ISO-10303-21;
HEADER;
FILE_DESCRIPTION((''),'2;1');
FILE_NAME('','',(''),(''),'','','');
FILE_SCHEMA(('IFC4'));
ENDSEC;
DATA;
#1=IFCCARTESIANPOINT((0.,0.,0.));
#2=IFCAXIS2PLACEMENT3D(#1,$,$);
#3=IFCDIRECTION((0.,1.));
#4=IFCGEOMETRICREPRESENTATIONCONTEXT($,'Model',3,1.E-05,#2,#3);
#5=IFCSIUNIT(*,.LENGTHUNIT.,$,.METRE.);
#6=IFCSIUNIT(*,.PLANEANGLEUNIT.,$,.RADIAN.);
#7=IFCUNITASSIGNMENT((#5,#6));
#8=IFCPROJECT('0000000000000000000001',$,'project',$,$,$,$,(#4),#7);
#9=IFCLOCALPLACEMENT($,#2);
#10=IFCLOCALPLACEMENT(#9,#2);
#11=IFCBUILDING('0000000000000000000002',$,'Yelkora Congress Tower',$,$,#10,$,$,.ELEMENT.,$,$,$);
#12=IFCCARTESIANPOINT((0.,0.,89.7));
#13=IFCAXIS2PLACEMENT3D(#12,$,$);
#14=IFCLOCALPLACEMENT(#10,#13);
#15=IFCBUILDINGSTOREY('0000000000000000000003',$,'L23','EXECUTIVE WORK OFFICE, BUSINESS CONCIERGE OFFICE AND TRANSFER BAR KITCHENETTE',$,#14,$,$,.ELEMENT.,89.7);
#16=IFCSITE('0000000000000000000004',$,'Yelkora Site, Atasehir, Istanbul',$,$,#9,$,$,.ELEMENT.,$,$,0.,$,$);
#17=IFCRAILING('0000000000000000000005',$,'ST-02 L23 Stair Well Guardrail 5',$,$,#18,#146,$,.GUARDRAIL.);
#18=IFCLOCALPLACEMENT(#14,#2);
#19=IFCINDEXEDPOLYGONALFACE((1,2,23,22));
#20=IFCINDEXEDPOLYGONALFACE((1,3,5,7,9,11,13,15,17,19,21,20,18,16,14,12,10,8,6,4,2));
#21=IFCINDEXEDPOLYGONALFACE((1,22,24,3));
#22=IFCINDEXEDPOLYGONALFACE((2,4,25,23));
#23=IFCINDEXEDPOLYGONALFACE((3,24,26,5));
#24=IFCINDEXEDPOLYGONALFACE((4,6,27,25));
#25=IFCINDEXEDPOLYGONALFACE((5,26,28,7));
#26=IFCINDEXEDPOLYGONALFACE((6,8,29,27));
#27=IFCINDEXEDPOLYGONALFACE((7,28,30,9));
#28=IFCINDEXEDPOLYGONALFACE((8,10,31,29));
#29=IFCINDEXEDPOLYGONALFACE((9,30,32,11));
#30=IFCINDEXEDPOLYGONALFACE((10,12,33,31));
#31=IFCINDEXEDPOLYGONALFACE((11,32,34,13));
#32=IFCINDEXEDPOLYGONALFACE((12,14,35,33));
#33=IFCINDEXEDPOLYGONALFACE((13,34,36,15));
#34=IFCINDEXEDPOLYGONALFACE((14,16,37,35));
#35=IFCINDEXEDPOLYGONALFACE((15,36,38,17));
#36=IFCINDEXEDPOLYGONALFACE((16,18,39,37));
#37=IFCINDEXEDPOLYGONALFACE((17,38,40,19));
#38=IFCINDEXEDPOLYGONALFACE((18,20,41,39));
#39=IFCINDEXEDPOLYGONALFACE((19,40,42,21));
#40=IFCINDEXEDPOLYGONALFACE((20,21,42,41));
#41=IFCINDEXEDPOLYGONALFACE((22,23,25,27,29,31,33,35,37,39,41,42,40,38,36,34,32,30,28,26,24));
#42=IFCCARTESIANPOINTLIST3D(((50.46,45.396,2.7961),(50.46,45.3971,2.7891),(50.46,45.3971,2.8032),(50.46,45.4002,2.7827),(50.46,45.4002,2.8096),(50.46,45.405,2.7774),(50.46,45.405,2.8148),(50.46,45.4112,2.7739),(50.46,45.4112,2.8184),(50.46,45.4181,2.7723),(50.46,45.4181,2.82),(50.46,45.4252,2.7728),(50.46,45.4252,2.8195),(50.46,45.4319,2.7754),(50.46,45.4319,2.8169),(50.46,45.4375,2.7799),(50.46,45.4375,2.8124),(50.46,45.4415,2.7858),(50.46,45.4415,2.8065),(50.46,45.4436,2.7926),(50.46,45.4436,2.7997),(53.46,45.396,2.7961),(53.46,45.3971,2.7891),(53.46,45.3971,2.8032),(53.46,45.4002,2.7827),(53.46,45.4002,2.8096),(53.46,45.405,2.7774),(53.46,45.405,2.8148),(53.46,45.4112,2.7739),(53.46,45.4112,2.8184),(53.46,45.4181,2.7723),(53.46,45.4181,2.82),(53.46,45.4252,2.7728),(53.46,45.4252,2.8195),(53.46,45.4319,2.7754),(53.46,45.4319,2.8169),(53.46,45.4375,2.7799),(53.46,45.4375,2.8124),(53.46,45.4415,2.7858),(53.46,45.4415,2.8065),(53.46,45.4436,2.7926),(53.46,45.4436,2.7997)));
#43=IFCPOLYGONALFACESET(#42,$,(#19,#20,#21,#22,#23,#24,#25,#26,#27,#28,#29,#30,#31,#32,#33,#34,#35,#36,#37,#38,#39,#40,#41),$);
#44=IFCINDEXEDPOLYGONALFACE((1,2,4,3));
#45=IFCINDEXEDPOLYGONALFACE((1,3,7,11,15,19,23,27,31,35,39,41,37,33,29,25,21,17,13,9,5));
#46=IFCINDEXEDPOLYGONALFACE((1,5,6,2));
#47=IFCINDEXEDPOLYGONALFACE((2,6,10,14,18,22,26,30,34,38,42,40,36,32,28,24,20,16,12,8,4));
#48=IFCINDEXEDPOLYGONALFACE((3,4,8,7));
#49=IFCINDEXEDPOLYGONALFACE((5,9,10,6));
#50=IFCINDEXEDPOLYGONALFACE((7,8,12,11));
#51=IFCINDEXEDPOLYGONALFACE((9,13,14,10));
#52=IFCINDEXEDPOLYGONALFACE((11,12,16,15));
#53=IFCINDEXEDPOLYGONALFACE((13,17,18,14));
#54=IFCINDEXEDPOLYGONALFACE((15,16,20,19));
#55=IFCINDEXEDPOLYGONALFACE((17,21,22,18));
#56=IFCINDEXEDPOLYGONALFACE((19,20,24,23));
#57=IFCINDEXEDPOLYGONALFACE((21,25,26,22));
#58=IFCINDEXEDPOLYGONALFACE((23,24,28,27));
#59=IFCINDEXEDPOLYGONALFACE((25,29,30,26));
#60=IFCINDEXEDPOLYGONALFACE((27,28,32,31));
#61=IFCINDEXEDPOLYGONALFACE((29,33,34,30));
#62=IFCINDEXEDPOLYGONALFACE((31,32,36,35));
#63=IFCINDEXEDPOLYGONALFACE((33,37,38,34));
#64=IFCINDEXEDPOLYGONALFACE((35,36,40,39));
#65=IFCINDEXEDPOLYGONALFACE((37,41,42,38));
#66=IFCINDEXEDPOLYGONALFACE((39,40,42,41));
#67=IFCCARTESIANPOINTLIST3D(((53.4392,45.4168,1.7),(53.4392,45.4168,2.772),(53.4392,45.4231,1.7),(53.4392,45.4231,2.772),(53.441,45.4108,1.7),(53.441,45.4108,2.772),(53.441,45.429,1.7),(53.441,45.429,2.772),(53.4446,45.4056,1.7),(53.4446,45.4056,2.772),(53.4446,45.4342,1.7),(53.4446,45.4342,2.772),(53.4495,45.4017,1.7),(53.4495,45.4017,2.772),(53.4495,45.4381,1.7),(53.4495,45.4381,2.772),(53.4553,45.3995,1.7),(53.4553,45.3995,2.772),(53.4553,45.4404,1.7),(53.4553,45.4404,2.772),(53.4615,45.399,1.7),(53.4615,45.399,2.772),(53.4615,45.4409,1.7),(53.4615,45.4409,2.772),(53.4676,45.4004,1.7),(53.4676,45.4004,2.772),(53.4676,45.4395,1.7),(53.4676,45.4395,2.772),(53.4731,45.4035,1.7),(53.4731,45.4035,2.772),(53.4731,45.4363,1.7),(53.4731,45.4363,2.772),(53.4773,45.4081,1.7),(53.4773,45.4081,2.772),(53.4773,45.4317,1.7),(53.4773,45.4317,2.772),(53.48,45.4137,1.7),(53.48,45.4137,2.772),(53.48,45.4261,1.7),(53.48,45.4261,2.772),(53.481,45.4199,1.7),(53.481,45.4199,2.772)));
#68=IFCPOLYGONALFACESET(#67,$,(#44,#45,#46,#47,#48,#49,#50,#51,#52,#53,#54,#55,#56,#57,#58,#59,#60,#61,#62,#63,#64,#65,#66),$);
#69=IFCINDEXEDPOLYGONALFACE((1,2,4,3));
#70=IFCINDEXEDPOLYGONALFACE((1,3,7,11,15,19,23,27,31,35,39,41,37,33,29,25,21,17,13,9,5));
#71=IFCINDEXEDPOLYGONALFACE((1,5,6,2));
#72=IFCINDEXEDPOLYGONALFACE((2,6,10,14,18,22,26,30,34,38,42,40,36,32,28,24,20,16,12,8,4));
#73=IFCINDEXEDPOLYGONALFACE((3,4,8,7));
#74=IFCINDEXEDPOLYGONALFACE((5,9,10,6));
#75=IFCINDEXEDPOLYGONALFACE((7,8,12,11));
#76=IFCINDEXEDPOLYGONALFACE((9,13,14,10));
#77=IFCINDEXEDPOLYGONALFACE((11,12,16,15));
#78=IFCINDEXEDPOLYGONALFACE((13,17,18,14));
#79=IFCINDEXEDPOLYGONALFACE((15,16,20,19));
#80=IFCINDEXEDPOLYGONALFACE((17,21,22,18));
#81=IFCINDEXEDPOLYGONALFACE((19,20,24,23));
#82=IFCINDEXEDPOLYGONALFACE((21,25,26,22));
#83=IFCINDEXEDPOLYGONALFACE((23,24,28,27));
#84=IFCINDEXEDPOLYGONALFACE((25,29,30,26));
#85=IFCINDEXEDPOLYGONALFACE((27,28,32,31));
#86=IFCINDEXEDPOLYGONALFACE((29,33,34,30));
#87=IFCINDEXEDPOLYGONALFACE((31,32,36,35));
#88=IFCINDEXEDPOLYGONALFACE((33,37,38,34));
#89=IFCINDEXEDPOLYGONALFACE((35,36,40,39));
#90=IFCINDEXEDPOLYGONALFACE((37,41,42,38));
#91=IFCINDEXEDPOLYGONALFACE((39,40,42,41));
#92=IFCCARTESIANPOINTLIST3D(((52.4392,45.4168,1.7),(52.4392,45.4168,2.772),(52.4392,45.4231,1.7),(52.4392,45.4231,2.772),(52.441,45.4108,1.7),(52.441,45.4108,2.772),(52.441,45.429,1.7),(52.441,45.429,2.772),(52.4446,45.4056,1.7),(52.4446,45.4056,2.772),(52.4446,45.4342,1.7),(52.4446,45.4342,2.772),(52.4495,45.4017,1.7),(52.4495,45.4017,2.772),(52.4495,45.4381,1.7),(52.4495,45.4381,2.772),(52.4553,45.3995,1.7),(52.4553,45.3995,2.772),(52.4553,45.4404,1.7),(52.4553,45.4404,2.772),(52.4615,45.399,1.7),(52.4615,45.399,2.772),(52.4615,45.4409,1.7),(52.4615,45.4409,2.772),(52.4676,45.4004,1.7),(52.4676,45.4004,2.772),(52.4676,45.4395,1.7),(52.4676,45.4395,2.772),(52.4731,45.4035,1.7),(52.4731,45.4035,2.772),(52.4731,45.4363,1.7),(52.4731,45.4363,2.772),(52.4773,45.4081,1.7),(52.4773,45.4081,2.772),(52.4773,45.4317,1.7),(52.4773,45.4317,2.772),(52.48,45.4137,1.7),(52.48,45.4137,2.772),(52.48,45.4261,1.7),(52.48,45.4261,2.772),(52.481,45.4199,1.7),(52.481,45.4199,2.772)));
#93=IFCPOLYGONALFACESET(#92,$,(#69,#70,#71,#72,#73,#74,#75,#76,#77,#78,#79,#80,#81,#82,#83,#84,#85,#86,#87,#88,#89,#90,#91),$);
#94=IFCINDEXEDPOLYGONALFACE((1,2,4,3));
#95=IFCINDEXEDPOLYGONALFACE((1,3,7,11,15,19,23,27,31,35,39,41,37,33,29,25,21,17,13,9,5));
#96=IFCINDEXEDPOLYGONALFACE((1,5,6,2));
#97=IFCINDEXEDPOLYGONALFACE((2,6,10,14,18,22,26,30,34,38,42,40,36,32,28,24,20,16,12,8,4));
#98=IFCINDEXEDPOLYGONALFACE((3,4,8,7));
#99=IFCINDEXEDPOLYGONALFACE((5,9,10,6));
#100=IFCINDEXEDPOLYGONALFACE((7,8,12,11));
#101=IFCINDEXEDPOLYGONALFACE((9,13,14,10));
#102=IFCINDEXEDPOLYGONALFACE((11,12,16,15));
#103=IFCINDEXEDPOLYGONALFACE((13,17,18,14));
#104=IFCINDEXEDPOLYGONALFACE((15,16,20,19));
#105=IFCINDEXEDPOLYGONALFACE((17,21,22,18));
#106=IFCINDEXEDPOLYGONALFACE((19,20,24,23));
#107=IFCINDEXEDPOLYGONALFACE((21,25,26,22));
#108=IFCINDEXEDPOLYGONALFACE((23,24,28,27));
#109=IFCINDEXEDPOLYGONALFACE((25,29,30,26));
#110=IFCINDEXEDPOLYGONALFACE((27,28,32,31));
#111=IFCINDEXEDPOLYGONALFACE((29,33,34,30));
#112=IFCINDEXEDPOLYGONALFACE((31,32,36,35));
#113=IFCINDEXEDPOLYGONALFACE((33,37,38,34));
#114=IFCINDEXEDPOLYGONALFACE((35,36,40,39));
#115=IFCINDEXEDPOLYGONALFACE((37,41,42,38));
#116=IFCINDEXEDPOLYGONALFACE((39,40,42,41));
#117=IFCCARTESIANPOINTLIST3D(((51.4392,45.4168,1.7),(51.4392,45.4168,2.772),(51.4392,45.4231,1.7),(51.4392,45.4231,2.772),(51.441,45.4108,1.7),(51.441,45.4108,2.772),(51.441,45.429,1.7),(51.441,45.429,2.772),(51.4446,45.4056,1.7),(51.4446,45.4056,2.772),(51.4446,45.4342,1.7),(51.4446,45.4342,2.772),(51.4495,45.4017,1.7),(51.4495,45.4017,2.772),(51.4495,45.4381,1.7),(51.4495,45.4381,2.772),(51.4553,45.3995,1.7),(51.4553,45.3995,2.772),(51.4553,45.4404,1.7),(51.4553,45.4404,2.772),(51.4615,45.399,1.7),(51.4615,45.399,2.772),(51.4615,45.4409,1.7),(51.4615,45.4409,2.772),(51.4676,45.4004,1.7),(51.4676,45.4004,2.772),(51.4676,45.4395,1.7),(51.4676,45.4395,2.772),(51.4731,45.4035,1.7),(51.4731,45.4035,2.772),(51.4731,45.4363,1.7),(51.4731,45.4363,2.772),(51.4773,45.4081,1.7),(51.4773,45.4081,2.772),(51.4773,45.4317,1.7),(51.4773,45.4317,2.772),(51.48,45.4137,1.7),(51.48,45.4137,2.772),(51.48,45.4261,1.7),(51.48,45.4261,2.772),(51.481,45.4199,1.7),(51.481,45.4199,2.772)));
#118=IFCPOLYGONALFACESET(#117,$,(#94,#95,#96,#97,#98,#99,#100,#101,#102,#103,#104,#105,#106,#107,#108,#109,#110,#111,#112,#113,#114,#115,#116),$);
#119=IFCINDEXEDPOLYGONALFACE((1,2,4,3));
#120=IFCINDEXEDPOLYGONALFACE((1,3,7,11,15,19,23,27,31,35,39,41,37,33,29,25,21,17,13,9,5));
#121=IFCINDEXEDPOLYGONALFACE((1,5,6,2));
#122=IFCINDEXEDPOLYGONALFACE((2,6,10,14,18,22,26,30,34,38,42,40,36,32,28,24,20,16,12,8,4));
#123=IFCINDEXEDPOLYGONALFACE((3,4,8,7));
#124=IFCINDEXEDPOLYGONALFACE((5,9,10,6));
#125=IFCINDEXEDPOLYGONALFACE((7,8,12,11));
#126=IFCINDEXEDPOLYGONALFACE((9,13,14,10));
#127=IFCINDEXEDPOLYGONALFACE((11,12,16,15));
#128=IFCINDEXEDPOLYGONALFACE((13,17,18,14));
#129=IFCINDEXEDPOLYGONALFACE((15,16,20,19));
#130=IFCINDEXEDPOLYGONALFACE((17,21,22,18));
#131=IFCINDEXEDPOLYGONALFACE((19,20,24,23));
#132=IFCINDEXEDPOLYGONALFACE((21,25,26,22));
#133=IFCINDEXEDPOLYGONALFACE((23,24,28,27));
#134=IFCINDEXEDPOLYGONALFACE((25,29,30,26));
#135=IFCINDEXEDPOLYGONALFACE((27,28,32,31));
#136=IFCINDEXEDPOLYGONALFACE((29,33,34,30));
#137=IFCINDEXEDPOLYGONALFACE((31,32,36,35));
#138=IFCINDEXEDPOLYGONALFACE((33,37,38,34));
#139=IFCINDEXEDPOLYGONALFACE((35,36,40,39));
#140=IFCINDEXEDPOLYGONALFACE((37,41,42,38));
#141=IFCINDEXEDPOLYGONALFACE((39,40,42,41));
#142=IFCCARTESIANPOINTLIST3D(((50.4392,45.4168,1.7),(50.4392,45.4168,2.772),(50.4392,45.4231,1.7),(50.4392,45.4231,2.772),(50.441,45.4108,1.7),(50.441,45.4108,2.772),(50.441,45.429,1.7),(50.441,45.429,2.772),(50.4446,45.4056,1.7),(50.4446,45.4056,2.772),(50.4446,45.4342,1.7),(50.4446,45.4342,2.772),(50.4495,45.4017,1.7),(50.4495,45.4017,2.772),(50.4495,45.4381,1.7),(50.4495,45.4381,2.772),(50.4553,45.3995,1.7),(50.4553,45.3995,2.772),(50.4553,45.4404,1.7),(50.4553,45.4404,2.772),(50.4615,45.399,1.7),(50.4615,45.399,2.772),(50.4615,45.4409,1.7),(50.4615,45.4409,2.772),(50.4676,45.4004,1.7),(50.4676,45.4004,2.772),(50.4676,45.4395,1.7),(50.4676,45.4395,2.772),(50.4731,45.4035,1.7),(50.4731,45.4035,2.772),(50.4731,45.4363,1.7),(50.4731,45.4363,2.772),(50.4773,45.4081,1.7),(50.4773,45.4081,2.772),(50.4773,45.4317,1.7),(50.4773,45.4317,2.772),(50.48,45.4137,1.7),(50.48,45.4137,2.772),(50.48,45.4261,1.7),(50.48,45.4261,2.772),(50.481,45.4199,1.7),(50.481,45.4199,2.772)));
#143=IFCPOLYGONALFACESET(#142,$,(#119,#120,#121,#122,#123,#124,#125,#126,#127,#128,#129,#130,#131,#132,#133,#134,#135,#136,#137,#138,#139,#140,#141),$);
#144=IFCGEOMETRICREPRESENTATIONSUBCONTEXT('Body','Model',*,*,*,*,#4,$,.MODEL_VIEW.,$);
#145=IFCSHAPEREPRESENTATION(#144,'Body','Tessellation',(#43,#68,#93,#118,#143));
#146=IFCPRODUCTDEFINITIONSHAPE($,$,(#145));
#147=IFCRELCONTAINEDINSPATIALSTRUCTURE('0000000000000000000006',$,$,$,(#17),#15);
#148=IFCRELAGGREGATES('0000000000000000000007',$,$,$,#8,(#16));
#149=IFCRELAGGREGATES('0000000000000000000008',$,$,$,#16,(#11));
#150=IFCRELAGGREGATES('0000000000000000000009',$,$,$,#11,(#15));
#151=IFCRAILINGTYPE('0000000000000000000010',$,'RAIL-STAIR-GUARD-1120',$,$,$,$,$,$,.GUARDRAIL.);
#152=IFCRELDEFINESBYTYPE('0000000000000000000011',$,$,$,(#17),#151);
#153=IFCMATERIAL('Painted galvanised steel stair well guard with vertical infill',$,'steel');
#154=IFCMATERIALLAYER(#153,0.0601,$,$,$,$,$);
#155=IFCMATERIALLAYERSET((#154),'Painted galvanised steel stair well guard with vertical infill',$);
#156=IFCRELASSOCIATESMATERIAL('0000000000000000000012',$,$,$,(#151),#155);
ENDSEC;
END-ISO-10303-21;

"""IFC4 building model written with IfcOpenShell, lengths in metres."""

from ifc_helpers import new_model, si_unit, direction, frame, origin, origin_2d, place, context, subcontext, project, spatial, circle, extrude, material, layer, layer_set, type_object, element, save


model = new_model("IFC4")

# Units and contexts
model_context = context("Model", 3, precision=1e-05, world=origin(), true_north=direction((0.0, 1.0)))
body_context = subcontext(model_context, "Body", "Model", "MODEL_VIEW")
ifc_project = project(units=[si_unit("LENGTHUNIT", "METRE"), si_unit("PLANEANGLEUNIT", "RADIAN")], contexts=[model_context])

# Site, building, storey
site_placement = place(None, origin())
site = spatial("IfcSite", under=ifc_project, at=site_placement, Name="Yelkora Site, Atasehir, Istanbul", CompositionType="ELEMENT", RefElevation=0.0)
building_placement = place(site_placement, origin())
building = spatial("IfcBuilding", under=site, at=building_placement, Name="Yelkora Congress Tower", CompositionType="ELEMENT")
storey_placement = place(building_placement, frame((0.0, 0.0, 89.7)))
storey = spatial("IfcBuildingStorey", under=building, at=storey_placement, Name="L23", Description="EXECUTIVE WORK OFFICE, BUSINESS CONCIERGE OFFICE AND TRANSFER BAR KITCHENETTE", CompositionType="ELEMENT", Elevation=89.7)

# Railing
ifc_material_1 = material(Name="Painted galvanised steel stair well guard with vertical infill", Category="steel")
ifc_layer_1 = layer(ifc_material_1, 0.0601)
ifc_layer_set_1 = layer_set([ifc_layer_1], Name="Painted galvanised steel stair well guard with vertical infill")
railing_type = type_object("IfcRailingType", Name="RAIL-STAIR-GUARD-1120", PredefinedType="GUARDRAIL", material=ifc_layer_set_1)
railing_1_placement = place(storey_placement, frame((53.46, 45.4199, 1.7)))
element("IfcRailing", 1, at=railing_1_placement, inside=storey, type_object=railing_type, Name="ST-02 L23 Stair Well Guardrail 5", PredefinedType="GUARDRAIL", context=body_context, shape_type="SweptSolid", body=[
    extrude(circle(Radius=0.0239, at=origin_2d()), frame((0.0, 0.0, 1.0962), z_axis=(-1.0, 0.0, 0.0), x_axis=(0.0, -1.0, 0.0)), (0.0, 0.0, 1.0), 3.0),
    extrude(circle(Radius=0.021, at=origin_2d()), origin(), (0.0, 0.0, 1.0), 1.072),
    extrude(circle(Radius=0.021, at=origin_2d()), frame((-1.0, 0.0, 0.0)), (0.0, 0.0, 1.0), 1.072),
    extrude(circle(Radius=0.021, at=origin_2d()), frame((-2.0, 0.0, 0.0)), (0.0, 0.0, 1.0), 1.072),
    extrude(circle(Radius=0.021, at=origin_2d()), frame((-3.0, 0.0, 0.0)), (0.0, 0.0, 1.0), 1.072),
])

save(model, "model.ifc")
